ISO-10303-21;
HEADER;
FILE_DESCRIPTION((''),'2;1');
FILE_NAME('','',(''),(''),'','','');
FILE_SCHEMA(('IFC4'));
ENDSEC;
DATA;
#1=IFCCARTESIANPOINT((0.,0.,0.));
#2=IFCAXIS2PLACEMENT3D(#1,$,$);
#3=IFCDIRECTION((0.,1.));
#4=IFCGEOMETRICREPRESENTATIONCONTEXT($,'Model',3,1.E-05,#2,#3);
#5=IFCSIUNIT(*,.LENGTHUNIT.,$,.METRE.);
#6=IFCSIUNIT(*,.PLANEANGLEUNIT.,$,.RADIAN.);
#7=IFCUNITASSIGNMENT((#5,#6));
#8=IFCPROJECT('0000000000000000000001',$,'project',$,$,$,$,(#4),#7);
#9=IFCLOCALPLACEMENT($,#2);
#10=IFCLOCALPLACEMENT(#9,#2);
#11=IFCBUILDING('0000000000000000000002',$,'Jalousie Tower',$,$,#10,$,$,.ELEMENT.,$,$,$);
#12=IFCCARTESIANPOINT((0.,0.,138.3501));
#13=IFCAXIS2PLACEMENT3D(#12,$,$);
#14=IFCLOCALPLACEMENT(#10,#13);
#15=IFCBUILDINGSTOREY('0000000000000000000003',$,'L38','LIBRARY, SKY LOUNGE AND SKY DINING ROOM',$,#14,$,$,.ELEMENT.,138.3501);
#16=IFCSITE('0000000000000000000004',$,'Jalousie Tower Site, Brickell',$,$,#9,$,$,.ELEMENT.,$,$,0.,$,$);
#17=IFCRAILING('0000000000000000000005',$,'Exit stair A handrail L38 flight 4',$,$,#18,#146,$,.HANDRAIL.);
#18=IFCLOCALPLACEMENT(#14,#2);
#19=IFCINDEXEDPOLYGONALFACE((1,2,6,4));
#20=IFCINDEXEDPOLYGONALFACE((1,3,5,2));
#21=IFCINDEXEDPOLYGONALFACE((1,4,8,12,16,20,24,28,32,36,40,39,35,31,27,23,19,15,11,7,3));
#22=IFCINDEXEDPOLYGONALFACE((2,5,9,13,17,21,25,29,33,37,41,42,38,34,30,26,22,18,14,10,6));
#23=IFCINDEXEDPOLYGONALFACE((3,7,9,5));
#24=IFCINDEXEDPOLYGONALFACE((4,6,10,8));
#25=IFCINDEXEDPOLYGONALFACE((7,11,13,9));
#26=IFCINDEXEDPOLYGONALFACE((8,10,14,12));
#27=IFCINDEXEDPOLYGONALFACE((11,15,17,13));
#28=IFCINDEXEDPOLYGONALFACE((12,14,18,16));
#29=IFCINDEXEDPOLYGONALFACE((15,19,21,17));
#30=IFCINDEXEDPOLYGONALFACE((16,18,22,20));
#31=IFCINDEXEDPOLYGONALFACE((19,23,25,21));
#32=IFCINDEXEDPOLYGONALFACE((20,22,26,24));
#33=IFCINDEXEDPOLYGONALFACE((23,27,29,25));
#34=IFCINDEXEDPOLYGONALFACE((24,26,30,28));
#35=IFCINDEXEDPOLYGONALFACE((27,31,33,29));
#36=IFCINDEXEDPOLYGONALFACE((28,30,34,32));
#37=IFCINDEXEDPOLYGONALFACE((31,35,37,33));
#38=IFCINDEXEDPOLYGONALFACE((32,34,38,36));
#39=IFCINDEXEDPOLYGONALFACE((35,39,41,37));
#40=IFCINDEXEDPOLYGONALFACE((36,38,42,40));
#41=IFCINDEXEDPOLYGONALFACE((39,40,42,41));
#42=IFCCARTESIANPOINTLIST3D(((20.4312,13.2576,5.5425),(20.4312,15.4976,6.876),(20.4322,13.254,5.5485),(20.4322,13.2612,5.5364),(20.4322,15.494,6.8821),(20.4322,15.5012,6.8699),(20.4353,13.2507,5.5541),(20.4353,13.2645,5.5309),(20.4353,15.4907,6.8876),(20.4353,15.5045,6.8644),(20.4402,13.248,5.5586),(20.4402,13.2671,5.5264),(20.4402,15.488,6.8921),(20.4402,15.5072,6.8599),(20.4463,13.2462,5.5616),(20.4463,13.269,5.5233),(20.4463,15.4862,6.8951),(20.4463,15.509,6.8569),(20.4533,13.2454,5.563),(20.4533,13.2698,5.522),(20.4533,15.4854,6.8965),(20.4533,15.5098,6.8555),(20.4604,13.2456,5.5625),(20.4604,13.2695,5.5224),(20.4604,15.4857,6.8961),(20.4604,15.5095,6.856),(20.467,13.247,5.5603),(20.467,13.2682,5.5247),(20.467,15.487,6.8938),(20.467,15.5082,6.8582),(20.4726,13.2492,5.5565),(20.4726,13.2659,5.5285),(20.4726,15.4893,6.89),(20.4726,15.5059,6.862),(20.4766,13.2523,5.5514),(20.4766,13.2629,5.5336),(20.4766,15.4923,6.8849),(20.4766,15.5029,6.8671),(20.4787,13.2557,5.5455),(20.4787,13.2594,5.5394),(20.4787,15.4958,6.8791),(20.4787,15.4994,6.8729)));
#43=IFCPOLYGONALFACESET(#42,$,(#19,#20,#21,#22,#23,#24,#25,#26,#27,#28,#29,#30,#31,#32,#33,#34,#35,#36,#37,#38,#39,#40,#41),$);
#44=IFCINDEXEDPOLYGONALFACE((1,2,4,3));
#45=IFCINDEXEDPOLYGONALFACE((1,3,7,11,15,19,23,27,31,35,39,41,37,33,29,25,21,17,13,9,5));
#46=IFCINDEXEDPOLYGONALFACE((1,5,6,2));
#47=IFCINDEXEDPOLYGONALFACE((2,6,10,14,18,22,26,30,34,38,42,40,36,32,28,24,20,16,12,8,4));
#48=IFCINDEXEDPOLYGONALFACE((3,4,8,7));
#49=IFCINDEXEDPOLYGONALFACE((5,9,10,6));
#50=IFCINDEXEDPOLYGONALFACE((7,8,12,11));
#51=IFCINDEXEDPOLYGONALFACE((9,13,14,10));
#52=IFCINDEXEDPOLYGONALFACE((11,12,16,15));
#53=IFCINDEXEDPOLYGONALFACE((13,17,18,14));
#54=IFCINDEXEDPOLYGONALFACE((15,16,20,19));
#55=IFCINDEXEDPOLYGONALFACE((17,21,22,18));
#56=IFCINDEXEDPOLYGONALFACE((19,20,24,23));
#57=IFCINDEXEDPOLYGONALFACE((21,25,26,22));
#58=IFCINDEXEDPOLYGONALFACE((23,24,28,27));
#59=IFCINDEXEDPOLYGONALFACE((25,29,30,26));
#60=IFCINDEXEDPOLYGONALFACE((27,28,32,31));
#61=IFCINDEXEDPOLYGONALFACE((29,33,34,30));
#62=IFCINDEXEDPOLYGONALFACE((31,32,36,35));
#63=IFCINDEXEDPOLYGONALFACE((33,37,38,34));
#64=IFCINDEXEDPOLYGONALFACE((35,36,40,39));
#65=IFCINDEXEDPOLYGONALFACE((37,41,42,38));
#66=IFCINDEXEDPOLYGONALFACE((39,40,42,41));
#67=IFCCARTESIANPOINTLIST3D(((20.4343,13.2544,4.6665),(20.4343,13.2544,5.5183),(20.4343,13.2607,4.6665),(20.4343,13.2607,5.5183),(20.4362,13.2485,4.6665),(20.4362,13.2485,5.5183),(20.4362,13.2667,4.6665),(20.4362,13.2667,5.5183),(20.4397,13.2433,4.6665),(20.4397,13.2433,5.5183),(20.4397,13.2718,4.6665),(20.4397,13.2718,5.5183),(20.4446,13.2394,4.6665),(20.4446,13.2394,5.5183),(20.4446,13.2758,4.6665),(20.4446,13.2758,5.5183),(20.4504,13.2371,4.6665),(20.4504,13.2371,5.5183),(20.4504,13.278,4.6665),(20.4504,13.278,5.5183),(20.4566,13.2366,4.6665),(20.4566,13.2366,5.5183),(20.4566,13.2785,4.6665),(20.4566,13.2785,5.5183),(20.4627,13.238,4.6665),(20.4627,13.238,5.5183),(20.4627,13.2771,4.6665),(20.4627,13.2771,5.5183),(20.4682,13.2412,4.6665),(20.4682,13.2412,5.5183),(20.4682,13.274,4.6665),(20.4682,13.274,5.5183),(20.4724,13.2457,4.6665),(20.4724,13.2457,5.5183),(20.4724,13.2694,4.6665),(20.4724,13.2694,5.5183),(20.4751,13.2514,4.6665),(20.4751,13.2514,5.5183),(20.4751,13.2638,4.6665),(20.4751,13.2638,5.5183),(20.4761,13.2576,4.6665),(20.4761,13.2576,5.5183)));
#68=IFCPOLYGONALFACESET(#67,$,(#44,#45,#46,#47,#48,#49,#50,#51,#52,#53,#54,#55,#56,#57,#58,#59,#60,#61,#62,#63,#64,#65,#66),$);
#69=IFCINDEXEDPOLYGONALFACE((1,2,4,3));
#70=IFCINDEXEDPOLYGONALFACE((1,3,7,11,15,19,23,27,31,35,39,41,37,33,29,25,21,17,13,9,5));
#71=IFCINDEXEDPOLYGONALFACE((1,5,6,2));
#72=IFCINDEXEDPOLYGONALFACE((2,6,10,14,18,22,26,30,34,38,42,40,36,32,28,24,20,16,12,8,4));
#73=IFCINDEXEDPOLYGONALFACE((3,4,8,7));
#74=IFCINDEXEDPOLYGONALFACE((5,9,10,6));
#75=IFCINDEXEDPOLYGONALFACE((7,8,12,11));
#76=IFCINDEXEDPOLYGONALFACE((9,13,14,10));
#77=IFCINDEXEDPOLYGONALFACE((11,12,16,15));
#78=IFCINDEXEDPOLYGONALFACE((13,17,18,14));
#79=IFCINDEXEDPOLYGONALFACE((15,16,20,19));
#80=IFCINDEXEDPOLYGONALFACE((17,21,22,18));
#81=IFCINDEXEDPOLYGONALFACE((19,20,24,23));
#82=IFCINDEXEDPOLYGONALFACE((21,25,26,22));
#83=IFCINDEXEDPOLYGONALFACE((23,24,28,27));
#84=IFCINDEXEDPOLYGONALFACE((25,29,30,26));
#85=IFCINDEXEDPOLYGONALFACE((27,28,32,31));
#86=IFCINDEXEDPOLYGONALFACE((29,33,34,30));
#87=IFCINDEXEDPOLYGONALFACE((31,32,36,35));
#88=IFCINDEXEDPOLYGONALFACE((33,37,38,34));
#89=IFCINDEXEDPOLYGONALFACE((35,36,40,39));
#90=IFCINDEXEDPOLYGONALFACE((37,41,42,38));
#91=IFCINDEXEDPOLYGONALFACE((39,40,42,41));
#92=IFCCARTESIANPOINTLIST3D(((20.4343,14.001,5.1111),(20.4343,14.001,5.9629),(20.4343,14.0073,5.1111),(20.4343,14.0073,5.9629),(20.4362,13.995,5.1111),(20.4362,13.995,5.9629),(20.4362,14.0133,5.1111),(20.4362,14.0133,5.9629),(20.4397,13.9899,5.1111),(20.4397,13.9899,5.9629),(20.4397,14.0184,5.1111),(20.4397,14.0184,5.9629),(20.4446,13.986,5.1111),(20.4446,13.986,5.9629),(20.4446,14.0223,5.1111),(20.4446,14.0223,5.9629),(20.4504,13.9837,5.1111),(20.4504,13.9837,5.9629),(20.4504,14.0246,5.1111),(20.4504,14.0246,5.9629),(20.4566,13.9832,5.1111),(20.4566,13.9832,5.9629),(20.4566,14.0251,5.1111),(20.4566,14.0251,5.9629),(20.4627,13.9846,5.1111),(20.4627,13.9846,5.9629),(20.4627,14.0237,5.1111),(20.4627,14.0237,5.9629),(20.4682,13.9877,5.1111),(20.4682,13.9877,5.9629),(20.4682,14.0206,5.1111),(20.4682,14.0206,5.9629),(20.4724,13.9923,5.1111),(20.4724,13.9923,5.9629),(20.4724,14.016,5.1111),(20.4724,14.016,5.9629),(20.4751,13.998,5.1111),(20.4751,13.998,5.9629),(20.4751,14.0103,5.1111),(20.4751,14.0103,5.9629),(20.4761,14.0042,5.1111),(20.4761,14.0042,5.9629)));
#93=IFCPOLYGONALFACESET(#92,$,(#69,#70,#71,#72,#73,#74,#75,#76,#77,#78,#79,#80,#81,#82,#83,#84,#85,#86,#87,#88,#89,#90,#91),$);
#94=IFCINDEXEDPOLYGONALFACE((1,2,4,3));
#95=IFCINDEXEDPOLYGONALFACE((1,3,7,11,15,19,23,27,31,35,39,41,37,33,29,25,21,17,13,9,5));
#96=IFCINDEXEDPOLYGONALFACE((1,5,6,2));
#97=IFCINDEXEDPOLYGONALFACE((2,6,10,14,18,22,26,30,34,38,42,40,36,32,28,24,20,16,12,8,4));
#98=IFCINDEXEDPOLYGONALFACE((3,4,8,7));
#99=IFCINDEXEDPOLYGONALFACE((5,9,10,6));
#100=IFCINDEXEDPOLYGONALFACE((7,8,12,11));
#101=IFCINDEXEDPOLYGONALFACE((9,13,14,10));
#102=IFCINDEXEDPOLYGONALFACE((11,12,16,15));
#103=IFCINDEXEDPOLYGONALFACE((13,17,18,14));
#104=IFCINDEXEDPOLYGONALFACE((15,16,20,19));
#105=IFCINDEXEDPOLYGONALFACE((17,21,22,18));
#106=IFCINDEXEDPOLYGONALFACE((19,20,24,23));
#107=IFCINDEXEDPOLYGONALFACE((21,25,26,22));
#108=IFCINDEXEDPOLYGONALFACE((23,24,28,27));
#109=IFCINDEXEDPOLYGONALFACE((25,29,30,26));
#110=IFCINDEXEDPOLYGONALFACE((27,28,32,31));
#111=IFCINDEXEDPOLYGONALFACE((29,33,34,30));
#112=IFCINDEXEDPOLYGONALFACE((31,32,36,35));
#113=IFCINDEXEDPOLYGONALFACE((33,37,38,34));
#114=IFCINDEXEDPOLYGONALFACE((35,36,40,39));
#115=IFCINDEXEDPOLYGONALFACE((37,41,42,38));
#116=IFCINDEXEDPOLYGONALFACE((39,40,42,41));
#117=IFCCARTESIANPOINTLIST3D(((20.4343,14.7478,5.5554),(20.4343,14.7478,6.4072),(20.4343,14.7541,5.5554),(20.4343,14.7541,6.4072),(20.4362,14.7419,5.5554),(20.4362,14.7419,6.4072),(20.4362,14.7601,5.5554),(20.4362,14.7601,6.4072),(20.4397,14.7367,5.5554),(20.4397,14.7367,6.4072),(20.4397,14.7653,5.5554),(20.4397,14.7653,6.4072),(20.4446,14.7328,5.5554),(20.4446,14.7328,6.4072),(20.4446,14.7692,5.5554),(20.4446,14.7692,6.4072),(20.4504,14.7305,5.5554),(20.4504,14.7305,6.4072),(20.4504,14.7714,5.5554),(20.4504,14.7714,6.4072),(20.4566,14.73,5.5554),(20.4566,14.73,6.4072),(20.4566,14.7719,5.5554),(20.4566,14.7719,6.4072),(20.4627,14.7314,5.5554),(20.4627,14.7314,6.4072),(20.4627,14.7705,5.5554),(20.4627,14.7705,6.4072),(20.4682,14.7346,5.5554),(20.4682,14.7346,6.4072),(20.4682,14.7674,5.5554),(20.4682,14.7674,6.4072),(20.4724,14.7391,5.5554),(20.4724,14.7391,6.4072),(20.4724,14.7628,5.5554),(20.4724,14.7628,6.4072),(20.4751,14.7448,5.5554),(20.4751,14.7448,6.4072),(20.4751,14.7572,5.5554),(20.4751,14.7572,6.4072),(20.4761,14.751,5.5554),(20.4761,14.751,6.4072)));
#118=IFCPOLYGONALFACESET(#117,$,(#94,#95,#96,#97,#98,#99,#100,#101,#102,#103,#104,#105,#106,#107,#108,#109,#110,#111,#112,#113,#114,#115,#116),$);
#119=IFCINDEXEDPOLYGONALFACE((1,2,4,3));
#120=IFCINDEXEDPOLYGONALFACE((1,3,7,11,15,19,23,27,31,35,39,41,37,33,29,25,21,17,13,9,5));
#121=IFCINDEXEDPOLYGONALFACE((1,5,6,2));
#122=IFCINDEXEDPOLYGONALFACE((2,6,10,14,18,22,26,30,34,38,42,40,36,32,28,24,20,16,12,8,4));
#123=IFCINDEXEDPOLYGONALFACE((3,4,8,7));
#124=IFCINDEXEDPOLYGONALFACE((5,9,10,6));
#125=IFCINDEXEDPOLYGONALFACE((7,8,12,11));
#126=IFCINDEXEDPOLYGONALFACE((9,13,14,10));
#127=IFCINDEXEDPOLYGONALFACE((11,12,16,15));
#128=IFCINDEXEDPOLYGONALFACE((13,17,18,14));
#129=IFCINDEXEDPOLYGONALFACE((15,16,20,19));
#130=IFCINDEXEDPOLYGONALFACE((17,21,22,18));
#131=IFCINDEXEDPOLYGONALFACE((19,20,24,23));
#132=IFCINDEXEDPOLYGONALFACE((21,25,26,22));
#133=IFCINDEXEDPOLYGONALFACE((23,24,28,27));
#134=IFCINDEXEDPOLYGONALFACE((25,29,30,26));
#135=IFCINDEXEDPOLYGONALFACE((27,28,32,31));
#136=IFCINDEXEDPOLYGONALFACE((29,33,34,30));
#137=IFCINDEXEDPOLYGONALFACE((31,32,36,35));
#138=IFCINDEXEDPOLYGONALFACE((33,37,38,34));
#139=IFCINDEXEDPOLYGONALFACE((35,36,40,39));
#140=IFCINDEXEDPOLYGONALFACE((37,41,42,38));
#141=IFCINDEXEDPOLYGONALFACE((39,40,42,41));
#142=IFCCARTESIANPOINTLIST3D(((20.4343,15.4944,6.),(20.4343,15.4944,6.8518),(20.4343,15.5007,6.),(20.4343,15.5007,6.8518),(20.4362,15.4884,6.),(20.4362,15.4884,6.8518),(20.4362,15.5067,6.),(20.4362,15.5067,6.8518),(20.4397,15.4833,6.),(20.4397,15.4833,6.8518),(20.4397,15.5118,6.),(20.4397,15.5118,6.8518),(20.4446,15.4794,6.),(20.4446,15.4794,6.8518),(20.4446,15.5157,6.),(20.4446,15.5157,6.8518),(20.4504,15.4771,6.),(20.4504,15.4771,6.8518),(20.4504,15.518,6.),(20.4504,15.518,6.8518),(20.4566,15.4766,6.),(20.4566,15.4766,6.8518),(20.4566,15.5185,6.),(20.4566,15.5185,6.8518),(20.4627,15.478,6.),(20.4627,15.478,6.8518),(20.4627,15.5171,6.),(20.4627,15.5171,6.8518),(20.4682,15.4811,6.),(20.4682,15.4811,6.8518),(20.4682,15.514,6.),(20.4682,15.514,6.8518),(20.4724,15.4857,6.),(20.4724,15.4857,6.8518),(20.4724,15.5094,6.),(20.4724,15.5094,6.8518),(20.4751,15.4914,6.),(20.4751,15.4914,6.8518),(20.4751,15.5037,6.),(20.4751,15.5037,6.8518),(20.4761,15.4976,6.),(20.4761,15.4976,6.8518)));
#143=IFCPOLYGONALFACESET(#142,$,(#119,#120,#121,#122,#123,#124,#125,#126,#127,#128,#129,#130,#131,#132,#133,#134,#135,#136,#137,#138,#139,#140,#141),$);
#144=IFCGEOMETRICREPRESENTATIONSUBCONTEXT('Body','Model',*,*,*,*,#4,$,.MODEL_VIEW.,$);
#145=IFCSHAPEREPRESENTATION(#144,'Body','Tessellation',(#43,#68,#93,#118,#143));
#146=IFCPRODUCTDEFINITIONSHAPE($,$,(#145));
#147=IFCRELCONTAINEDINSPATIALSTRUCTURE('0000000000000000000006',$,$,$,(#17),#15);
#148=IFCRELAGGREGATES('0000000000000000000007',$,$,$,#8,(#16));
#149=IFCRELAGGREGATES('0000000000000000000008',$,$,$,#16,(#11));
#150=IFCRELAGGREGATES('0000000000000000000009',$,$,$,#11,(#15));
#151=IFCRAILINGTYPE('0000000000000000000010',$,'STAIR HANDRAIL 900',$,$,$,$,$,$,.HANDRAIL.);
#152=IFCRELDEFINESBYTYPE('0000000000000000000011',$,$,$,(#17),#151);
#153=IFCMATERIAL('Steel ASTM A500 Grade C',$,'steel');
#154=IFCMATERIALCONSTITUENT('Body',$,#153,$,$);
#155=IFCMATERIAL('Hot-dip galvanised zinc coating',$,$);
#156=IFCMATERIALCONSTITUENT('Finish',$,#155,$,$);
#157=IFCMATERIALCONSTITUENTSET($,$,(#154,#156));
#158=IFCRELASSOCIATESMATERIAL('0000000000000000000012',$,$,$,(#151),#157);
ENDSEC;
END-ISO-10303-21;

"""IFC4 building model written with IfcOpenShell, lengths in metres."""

from ifc_helpers import new_model, si_unit, direction, frame, origin, origin_2d, place, context, subcontext, project, spatial, circle, extrude, material, constituent, constituent_set, type_object, element, save


model = new_model("IFC4")

# Units and contexts
model_context = context("Model", 3, precision=1e-05, world=origin(), true_north=direction((0.0, 1.0)))
body_context = subcontext(model_context, "Body", "Model", "MODEL_VIEW")
ifc_project = project(units=[si_unit("LENGTHUNIT", "METRE"), si_unit("PLANEANGLEUNIT", "RADIAN")], contexts=[model_context])

# Site, building, storey
site_placement = place(None, origin())
site = spatial("IfcSite", under=ifc_project, at=site_placement, Name="Jalousie Tower Site, Brickell", CompositionType="ELEMENT", RefElevation=0.0)
building_placement = place(site_placement, origin())
building = spatial("IfcBuilding", under=site, at=building_placement, Name="Jalousie Tower", CompositionType="ELEMENT")
storey_placement = place(building_placement, frame((0.0, 0.0, 138.3501)))
storey = spatial("IfcBuildingStorey", under=building, at=storey_placement, Name="L38", Description="LIBRARY, SKY LOUNGE AND SKY DINING ROOM", CompositionType="ELEMENT", Elevation=138.3501)

# Railing
ifc_material_1 = material(Name="Steel ASTM A500 Grade C", Category="steel")
ifc_constituent_1 = constituent(ifc_material_1, Name="Body")
ifc_material_2 = material(Name="Hot-dip galvanised zinc coating")
ifc_constituent_2 = constituent(ifc_material_2, Name="Finish")
ifc_constituent_set_1 = constituent_set(constituents=[ifc_constituent_1, ifc_constituent_2])
railing_type = type_object("IfcRailingType", Name="STAIR HANDRAIL 900", PredefinedType="HANDRAIL", material=ifc_constituent_set_1)
for number, where, name in (
    (1, (20.4551, 13.2576, 4.6665), "Exit stair A handrail L38 flight 4"),
):
    element("IfcRailing", number, at=place(storey_placement, frame(where)), inside=storey, type_object=railing_type, Name=name, PredefinedType="HANDRAIL", context=body_context, shape_type="SweptSolid", body=[
        extrude(circle(Radius=0.0239, at=origin_2d()), frame((0.0, 0.0, 0.876), z_axis=(0.0, 0.859264, 0.511532), x_axis=(-1.0, 0.0, 0.0)), (0.0, 0.0, 1.0), 2.6069),
        extrude(circle(Radius=0.021, at=origin_2d()), origin(), (0.0, 0.0, 1.0), 0.8518),
        extrude(circle(Radius=0.021, at=origin_2d()), frame((0.0, 0.7466, 0.4446)), (0.0, 0.0, 1.0), 0.8518),
        extrude(circle(Radius=0.021, at=origin_2d()), frame((0.0, 1.4934, 0.8889)), (0.0, 0.0, 1.0), 0.8518),
        extrude(circle(Radius=0.021, at=origin_2d()), frame((0.0, 2.24, 1.3335)), (0.0, 0.0, 1.0), 0.8518),
    ])

save(model, "model.ifc")
